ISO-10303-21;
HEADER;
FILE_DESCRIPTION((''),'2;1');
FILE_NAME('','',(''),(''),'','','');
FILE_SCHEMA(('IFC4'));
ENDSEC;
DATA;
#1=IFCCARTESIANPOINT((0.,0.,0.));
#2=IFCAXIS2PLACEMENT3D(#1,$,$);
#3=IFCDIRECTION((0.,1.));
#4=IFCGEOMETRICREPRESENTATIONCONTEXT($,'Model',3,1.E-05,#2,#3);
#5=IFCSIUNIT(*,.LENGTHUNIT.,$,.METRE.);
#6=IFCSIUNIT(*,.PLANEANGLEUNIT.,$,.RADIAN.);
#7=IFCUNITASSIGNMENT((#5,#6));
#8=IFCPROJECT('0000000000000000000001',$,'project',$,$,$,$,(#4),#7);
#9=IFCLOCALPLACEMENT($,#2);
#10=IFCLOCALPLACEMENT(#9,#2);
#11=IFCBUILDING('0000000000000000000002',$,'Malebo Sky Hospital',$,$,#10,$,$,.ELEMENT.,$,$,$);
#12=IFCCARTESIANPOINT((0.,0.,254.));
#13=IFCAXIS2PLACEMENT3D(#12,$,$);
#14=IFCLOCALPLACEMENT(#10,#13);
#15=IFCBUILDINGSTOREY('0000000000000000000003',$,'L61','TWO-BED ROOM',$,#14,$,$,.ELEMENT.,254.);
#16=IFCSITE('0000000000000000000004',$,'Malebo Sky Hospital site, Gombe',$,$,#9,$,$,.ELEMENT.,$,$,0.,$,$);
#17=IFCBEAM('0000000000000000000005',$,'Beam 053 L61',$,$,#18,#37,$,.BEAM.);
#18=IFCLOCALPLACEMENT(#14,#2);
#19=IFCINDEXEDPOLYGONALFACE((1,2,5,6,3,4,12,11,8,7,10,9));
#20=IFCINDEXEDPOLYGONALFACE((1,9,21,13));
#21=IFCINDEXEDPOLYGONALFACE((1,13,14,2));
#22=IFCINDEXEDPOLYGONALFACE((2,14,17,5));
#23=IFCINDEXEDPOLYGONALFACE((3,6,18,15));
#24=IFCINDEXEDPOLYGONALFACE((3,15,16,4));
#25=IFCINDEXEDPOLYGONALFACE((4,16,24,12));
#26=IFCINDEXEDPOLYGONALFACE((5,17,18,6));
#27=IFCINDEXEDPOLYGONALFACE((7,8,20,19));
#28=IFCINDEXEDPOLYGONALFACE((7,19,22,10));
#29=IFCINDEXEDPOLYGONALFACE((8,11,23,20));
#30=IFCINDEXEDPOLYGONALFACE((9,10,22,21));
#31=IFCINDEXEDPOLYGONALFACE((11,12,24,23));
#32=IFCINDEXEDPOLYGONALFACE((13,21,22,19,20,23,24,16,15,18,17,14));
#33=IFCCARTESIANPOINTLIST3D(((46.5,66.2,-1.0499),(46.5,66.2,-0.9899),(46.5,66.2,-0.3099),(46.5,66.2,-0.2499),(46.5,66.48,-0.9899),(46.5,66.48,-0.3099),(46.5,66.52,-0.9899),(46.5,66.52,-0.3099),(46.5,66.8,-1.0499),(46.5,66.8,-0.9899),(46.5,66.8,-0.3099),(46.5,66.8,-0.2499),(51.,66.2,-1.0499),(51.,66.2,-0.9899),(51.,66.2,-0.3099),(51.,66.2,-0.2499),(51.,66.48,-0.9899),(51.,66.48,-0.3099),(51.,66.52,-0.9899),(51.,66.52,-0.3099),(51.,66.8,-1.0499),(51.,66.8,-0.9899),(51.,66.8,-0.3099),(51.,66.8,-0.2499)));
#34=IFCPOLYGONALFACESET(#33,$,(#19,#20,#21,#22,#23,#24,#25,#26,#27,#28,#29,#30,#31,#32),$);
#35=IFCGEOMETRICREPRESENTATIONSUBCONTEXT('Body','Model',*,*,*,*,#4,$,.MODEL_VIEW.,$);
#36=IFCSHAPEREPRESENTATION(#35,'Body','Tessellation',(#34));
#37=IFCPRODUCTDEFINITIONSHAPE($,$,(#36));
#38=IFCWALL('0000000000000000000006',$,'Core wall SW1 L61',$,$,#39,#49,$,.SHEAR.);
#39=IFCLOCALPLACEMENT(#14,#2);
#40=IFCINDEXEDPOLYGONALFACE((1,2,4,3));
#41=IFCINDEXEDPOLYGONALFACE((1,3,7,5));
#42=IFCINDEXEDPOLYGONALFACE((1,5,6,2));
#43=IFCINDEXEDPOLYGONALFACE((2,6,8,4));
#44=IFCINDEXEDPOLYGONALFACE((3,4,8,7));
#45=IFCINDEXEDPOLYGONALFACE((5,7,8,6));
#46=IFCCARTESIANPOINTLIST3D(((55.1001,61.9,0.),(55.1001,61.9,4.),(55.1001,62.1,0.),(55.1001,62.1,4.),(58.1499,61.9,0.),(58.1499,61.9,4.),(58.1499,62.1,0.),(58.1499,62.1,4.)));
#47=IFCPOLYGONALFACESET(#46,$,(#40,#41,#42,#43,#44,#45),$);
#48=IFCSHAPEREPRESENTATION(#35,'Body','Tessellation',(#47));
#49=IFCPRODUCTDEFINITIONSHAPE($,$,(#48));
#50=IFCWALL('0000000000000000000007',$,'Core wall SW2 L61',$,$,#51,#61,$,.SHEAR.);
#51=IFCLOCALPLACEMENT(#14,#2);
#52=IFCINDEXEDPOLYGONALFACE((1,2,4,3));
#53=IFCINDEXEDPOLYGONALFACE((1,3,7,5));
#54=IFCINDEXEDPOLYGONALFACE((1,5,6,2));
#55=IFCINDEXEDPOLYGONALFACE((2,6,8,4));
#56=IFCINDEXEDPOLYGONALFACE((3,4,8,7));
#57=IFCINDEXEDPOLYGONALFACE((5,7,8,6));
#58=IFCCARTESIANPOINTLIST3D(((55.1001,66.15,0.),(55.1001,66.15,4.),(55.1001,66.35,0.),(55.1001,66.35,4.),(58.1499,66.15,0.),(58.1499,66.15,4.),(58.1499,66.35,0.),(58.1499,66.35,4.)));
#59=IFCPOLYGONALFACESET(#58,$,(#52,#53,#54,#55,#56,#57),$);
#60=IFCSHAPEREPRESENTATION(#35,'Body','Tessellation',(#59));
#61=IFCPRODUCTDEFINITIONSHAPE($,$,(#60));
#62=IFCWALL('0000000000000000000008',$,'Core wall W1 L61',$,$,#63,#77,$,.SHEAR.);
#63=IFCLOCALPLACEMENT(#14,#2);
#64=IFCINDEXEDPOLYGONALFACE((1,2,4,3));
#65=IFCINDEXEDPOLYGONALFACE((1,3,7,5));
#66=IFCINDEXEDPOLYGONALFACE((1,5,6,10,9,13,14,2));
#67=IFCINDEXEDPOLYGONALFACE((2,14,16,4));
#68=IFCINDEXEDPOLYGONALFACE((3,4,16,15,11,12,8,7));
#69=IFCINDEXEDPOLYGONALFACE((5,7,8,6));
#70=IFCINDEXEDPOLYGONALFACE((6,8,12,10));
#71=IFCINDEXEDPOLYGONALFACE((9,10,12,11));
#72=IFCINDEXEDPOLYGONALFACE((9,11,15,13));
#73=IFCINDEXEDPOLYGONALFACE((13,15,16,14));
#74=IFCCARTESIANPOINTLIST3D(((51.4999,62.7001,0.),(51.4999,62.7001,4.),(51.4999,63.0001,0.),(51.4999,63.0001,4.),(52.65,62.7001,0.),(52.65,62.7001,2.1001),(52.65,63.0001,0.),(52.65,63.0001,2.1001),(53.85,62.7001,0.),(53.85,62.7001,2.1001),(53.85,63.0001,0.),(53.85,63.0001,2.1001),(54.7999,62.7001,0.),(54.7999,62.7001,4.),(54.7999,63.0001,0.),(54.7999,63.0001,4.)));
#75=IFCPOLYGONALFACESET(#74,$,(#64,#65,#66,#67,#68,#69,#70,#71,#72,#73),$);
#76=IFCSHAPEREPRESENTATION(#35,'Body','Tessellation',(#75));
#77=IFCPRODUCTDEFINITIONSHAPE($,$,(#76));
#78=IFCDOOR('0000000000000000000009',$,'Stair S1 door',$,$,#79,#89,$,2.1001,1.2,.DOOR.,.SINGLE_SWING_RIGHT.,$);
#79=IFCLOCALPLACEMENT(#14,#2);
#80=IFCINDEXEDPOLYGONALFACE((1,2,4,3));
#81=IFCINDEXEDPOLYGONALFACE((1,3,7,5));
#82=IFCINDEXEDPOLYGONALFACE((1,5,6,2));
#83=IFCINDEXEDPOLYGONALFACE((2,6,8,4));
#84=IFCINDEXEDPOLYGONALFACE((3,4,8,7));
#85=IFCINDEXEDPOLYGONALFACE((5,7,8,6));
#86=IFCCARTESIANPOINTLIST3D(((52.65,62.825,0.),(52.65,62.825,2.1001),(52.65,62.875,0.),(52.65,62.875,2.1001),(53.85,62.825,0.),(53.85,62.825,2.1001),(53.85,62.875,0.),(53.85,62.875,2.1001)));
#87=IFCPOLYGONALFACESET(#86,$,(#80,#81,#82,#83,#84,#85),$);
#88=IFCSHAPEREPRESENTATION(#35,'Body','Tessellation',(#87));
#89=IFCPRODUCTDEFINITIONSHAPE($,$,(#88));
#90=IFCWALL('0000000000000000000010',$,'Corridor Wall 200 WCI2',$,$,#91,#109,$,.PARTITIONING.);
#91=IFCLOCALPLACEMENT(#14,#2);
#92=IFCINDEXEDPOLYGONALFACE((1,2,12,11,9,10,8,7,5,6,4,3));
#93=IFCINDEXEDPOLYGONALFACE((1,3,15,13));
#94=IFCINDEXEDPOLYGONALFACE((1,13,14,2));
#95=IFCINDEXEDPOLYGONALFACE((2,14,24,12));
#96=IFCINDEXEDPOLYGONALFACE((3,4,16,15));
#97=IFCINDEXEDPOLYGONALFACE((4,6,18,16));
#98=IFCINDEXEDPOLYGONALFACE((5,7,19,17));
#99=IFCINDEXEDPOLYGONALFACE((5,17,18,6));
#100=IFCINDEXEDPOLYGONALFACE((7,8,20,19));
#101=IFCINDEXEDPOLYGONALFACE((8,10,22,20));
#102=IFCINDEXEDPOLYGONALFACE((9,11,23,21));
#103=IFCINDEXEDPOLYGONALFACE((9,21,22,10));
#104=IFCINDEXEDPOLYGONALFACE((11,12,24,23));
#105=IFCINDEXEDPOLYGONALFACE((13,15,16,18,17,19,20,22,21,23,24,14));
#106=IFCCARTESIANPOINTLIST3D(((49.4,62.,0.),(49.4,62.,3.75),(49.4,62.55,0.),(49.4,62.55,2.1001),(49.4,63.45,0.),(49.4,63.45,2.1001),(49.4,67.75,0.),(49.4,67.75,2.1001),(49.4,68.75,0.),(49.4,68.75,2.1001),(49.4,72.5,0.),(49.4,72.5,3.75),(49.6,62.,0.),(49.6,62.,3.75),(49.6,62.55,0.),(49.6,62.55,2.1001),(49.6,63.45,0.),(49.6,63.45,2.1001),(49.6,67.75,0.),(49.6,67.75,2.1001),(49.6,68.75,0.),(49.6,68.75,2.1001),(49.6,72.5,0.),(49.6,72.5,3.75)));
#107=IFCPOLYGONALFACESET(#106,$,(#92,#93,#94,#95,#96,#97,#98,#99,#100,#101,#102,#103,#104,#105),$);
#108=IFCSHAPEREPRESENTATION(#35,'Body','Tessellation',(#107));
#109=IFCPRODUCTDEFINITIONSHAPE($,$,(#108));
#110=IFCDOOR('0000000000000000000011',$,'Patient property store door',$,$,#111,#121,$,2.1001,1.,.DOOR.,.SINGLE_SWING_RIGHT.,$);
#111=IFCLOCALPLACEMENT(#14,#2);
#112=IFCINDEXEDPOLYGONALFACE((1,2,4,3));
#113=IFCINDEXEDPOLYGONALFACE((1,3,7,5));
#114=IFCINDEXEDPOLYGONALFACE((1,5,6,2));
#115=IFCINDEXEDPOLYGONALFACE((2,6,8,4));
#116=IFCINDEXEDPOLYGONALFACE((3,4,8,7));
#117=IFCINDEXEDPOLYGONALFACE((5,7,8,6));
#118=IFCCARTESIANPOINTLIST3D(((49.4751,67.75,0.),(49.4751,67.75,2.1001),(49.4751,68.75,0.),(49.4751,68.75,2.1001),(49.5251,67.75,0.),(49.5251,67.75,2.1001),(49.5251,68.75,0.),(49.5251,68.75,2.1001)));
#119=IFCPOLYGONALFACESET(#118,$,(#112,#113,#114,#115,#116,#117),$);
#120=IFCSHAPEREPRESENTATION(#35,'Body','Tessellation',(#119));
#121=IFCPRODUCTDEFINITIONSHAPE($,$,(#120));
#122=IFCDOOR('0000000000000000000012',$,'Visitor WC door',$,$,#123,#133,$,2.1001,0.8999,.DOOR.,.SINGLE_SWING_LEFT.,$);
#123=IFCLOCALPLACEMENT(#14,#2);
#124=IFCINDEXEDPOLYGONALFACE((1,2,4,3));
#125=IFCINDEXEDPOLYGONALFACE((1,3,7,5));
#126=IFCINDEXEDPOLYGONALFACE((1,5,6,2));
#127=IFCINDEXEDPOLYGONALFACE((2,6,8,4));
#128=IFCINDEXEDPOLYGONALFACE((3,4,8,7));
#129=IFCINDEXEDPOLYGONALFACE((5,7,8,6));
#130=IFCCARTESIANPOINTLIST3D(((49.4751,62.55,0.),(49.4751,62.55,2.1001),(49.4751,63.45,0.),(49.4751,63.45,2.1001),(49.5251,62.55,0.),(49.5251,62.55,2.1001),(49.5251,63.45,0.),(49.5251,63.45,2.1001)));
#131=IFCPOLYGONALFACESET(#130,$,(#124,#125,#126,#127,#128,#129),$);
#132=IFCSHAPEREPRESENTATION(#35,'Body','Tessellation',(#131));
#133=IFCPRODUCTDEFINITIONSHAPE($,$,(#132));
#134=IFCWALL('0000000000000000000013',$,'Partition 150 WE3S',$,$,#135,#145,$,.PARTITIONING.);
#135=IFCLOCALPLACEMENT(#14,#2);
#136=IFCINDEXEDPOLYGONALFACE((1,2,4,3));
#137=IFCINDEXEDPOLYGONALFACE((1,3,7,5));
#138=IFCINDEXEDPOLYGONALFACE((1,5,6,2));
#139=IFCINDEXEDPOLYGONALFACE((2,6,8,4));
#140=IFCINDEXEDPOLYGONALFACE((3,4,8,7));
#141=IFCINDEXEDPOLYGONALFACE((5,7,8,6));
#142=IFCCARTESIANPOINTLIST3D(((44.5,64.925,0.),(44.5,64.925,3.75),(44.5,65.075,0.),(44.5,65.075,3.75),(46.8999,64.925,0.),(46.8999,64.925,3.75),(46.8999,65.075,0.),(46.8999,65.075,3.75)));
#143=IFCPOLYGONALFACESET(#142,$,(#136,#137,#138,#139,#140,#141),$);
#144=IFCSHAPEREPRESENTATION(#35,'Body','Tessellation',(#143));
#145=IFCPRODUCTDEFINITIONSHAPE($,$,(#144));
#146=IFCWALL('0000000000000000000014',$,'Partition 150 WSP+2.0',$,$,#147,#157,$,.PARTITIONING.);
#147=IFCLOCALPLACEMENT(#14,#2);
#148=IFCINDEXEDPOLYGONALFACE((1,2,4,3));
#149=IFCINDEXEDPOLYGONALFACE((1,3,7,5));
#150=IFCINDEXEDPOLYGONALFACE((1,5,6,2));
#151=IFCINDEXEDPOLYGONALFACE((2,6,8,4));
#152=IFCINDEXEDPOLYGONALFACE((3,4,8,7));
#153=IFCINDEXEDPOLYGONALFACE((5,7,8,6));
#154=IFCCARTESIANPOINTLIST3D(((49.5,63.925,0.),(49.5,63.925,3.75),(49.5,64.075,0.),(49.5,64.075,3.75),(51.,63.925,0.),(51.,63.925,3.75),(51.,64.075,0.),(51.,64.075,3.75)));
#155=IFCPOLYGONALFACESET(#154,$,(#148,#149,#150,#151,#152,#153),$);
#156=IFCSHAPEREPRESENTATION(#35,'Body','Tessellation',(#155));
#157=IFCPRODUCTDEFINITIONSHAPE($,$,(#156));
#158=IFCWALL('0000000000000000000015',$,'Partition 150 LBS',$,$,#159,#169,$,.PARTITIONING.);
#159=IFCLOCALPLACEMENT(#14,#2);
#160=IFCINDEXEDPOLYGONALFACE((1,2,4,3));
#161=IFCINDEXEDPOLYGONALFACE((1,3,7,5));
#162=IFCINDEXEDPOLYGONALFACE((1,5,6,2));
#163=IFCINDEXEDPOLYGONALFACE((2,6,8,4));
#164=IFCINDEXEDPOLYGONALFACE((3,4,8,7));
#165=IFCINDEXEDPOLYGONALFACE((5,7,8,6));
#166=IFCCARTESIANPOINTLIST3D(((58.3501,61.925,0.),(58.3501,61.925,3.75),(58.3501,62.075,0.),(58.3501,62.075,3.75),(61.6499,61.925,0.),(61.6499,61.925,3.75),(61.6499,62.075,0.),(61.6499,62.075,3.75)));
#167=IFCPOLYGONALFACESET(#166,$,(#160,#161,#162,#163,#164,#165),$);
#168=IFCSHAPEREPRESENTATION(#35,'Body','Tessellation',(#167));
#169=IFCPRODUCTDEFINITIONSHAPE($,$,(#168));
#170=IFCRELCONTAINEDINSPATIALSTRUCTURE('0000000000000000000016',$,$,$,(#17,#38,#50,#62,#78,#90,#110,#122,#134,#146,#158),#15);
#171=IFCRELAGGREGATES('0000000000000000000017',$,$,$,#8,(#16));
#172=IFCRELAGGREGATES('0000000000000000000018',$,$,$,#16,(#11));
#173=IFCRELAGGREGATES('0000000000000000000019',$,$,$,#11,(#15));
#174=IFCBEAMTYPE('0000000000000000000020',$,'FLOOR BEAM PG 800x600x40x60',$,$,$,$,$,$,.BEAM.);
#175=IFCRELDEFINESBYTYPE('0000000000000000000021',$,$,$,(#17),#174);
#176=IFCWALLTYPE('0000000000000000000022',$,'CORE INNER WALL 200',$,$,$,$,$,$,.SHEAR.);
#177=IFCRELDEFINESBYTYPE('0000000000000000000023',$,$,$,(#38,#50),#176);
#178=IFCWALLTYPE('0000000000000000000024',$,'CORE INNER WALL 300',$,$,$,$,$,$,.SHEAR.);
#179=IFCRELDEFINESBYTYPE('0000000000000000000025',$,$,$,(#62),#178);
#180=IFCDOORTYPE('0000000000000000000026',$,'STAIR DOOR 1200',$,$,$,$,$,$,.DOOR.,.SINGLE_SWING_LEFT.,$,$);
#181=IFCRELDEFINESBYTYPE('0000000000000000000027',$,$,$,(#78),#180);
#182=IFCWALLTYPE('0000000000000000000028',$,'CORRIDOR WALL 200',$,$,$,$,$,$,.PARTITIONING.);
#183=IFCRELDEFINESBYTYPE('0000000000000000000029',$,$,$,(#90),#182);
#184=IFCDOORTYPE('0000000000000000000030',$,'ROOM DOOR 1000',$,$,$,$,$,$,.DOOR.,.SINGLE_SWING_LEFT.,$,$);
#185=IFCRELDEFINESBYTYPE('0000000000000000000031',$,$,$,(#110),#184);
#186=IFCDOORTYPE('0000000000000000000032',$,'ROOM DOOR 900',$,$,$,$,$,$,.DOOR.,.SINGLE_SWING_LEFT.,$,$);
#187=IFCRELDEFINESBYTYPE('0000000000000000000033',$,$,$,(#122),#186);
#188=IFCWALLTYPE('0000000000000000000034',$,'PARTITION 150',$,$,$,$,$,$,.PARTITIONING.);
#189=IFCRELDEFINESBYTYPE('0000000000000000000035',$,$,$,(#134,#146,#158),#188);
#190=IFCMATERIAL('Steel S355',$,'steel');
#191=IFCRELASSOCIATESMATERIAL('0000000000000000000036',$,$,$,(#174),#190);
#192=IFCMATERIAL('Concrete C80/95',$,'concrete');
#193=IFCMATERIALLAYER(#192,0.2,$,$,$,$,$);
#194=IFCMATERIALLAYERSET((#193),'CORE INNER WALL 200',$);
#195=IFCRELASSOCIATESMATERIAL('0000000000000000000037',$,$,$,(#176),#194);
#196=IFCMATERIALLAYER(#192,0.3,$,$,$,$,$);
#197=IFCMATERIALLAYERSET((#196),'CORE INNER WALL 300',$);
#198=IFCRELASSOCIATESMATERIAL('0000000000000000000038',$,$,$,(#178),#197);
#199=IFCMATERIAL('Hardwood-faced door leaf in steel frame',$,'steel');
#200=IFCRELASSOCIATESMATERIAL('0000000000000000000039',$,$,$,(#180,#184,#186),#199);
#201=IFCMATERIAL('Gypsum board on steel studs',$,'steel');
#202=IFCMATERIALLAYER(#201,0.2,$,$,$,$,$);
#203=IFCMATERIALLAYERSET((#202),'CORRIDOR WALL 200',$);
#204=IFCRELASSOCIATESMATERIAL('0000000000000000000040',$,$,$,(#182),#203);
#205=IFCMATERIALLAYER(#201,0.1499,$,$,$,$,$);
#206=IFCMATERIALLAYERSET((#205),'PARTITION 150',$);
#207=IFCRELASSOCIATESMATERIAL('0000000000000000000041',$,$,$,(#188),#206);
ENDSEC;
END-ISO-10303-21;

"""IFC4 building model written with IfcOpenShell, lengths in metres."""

from ifc_helpers import new_model, si_unit, direction, frame, frame_2d, origin, origin_2d, place, context, subcontext, project, spatial, rectangle, i_section, extrude, material, layer, layer_set, material_profile, profile_set, type_object, element, fill, save


model = new_model("IFC4")

# Units and contexts
model_context = context("Model", 3, precision=1e-05, world=origin(), true_north=direction((0.0, 1.0)))
body_context = subcontext(model_context, "Body", "Model", "MODEL_VIEW")
ifc_project = project(units=[si_unit("LENGTHUNIT", "METRE"), si_unit("PLANEANGLEUNIT", "RADIAN")], contexts=[model_context])

# Site, building, storey
site_placement = place(None, origin())
site = spatial("IfcSite", under=ifc_project, at=site_placement, Name="Malebo Sky Hospital site, Gombe", CompositionType="ELEMENT", RefElevation=0.0)
building_placement = place(site_placement, origin())
building = spatial("IfcBuilding", under=site, at=building_placement, Name="Malebo Sky Hospital", CompositionType="ELEMENT")
storey_placement = place(building_placement, frame((0.0, 0.0, 254.0)))
storey = spatial("IfcBuildingStorey", under=building, at=storey_placement, Name="L61", Description="TWO-BED ROOM", CompositionType="ELEMENT", Elevation=254.0)

# Beam
ifc_material_1 = material(Name="Steel S355", Category="steel")
ifc_material_profile = material_profile(ifc_material_1, i_section(OverallWidth=0.6001, OverallDepth=0.8, WebThickness=0.04, FlangeThickness=0.0601, at=origin_2d()), Name="PG 800x600x40x60")
ifc_profile_set = profile_set([ifc_material_profile], Name="Steel S355")
beam_type = type_object("IfcBeamType", Name="FLOOR BEAM PG 800x600x40x60", PredefinedType="BEAM", material=ifc_profile_set)
beam_placement = place(storey_placement, frame((46.5, 66.5, -0.6499), z_axis=(1.0, 0.0, 0.0), x_axis=(0.0, 1.0, 0.0)))
element("IfcBeam", 1, at=beam_placement, inside=storey, type_object=beam_type, Name="Beam 053 L61", PredefinedType="BEAM", context=body_context, shape_type="SweptSolid", body=[
    extrude(i_section(OverallWidth=0.6001, OverallDepth=0.8, WebThickness=0.04, FlangeThickness=0.0601, at=origin_2d()), origin(), (0.0, 0.0, 1.0), 4.5),
])

# Walls
ifc_material_2 = material(Name="Concrete C80/95", Category="concrete")
ifc_layer_1 = layer(ifc_material_2, 0.2)
ifc_layer_set_1 = layer_set([ifc_layer_1], Name="CORE INNER WALL 200")
wall_type_1 = type_object("IfcWallType", Name="CORE INNER WALL 200", PredefinedType="SHEAR", material=ifc_layer_set_1)
for number, where, z_axis, x_axis, name in (
    (2, (55.1001, 62.0, 0.0), (0.0, 0.0, 1.0), (1.0, 0.0, 0.0), "Core wall SW1 L61"),
    (3, (55.1001, 66.25, 0.0), (0.0, 0.0, 1.0), (1.0, 0.0, 0.0), "Core wall SW2 L61"),
):
    element("IfcWall", number, at=place(storey_placement, frame(where, z_axis=z_axis, x_axis=x_axis)), inside=storey, type_object=wall_type_1, Name=name, PredefinedType="SHEAR", context=body_context, shape_type="SweptSolid", body=[
        extrude(rectangle(XDim=3.0498, YDim=0.2, at=frame_2d((1.5249, 0.0))), origin(), (0.0, 0.0, 1.0), 4.0),
    ])

# Wall, opening, door
ifc_layer_2 = layer(ifc_material_2, 0.3)
ifc_layer_set_2 = layer_set([ifc_layer_2], Name="CORE INNER WALL 300")
wall_type_2 = type_object("IfcWallType", Name="CORE INNER WALL 300", PredefinedType="SHEAR", material=ifc_layer_set_2)
wall_1_placement = place(storey_placement, frame((51.5, 62.8501, 0.0), z_axis=(0.0, 0.0, 1.0), x_axis=(1.0, 0.0, 0.0)))
wall_1 = element("IfcWall", 4, at=wall_1_placement, inside=storey, type_object=wall_type_2, Name="Core wall W1 L61", PredefinedType="SHEAR", context=body_context, shape_type="SweptSolid", body=[
    extrude(rectangle(XDim=3.3, YDim=0.3, at=frame_2d((1.6499, 0.0))), origin(), (0.0, 0.0, 1.0), 4.0),
])
opening_1_placement = place(wall_1_placement, frame((1.1499, 0.0, 0.0)))
opening_1 = element("IfcOpeningElement", 5, at=opening_1_placement, cuts=wall_1, PredefinedType="OPENING", context=body_context, shape_type="SweptSolid", body=[
    extrude(rectangle(XDim=1.2, YDim=2.1001, at=frame_2d((0.6001, 1.05))), frame((0.0, 0.1599, 0.0), z_axis=(0.0, -1.0, 0.0), x_axis=(1.0, 0.0, 0.0)), (0.0, 0.0, 1.0), 0.3201),
])
ifc_material_3 = material(Name="Hardwood-faced door leaf in steel frame", Category="steel")
door_type_1 = type_object("IfcDoorType", Name="STAIR DOOR 1200", OperationType="SINGLE_SWING_LEFT", PredefinedType="DOOR", material=ifc_material_3)
door_1_placement = place(opening_1_placement, origin())
door_1 = element("IfcDoor", 6, at=door_1_placement, inside=storey, type_object=door_type_1, Name="Stair S1 door", OperationType="SINGLE_SWING_RIGHT", OverallHeight=2.1001, OverallWidth=1.2, PredefinedType="DOOR", context=body_context, shape_type="SweptSolid", body=[
    extrude(rectangle(XDim=1.2, YDim=2.1001, at=frame_2d((0.6001, 1.05))), frame((0.0, 0.0249, 0.0), z_axis=(0.0, -1.0, 0.0), x_axis=(1.0, 0.0, 0.0)), (0.0, 0.0, 1.0), 0.05),
])
fill(opening_1, door_1)

# Wall, openings, doors
ifc_material_4 = material(Name="Gypsum board on steel studs", Category="steel")
ifc_layer_3 = layer(ifc_material_4, 0.2)
ifc_layer_set_3 = layer_set([ifc_layer_3], Name="CORRIDOR WALL 200")
wall_type_3 = type_object("IfcWallType", Name="CORRIDOR WALL 200", PredefinedType="PARTITIONING", material=ifc_layer_set_3)
wall_2_placement = place(storey_placement, frame((49.5, 62.0, 0.0), z_axis=(0.0, 0.0, 1.0), x_axis=(0.0, 1.0, 0.0)))
wall_2 = element("IfcWall", 7, at=wall_2_placement, inside=storey, type_object=wall_type_3, Name="Corridor Wall 200 WCI2", PredefinedType="PARTITIONING", context=body_context, shape_type="SweptSolid", body=[
    extrude(rectangle(XDim=10.5, YDim=0.2, at=frame_2d((5.25, 0.0))), origin(), (0.0, 0.0, 1.0), 3.75),
])
opening_2_placement = place(wall_2_placement, frame((0.55, 0.0, 0.0)))
opening_2 = element("IfcOpeningElement", 8, at=opening_2_placement, cuts=wall_2, PredefinedType="OPENING", context=body_context, shape_type="SweptSolid", body=[
    extrude(rectangle(XDim=0.8999, YDim=2.1001, at=frame_2d((0.45, 1.05))), frame((0.0, 0.1099, 0.0), z_axis=(0.0, -1.0, 0.0), x_axis=(1.0, 0.0, 0.0)), (0.0, 0.0, 1.0), 0.22),
])
opening_3_placement = place(wall_2_placement, frame((5.75, 0.0, 0.0)))
opening_3 = element("IfcOpeningElement", 9, at=opening_3_placement, cuts=wall_2, PredefinedType="OPENING", context=body_context, shape_type="SweptSolid", body=[
    extrude(rectangle(XDim=1.0, YDim=2.1001, at=frame_2d((0.5, 1.05))), frame((0.0, 0.1099, 0.0), z_axis=(0.0, -1.0, 0.0), x_axis=(1.0, 0.0, 0.0)), (0.0, 0.0, 1.0), 0.22),
])
door_type_2 = type_object("IfcDoorType", Name="ROOM DOOR 1000", OperationType="SINGLE_SWING_LEFT", PredefinedType="DOOR", material=ifc_material_3)
door_2_placement = place(opening_3_placement, origin())
door_2 = element("IfcDoor", 10, at=door_2_placement, inside=storey, type_object=door_type_2, Name="Patient property store door", OperationType="SINGLE_SWING_RIGHT", OverallHeight=2.1001, OverallWidth=1.0, PredefinedType="DOOR", context=body_context, shape_type="SweptSolid", body=[
    extrude(rectangle(XDim=1.0, YDim=2.1001, at=frame_2d((0.5, 1.05))), frame((0.0, 0.0249, 0.0), z_axis=(0.0, -1.0, 0.0), x_axis=(1.0, 0.0, 0.0)), (0.0, 0.0, 1.0), 0.05),
])
fill(opening_3, door_2)
door_type_3 = type_object("IfcDoorType", Name="ROOM DOOR 900", OperationType="SINGLE_SWING_LEFT", PredefinedType="DOOR", material=ifc_material_3)
door_3_placement = place(opening_2_placement, origin())
door_3 = element("IfcDoor", 11, at=door_3_placement, inside=storey, type_object=door_type_3, Name="Visitor WC door", OperationType="SINGLE_SWING_LEFT", OverallHeight=2.1001, OverallWidth=0.8999, PredefinedType="DOOR", context=body_context, shape_type="SweptSolid", body=[
    extrude(rectangle(XDim=0.8999, YDim=2.1001, at=frame_2d((0.45, 1.05))), frame((0.0, 0.0249, 0.0), z_axis=(0.0, -1.0, 0.0), x_axis=(1.0, 0.0, 0.0)), (0.0, 0.0, 1.0), 0.05),
])
fill(opening_2, door_3)

# Walls
ifc_layer_4 = layer(ifc_material_4, 0.1499)
ifc_layer_set_4 = layer_set([ifc_layer_4], Name="PARTITION 150")
wall_type_4 = type_object("IfcWallType", Name="PARTITION 150", PredefinedType="PARTITIONING", material=ifc_layer_set_4)
wall_3_placement = place(storey_placement, frame((46.8999, 65.0, 0.0), z_axis=(0.0, 0.0, 1.0), x_axis=(-1.0, 0.0, 0.0)))
element("IfcWall", 12, at=wall_3_placement, inside=storey, type_object=wall_type_4, Name="Partition 150 WE3S", PredefinedType="PARTITIONING", context=body_context, shape_type="SweptSolid", body=[
    extrude(rectangle(XDim=2.3999, YDim=0.1499, at=frame_2d((1.2, 0.0))), origin(), (0.0, 0.0, 1.0), 3.75),
])
wall_4_placement = place(storey_placement, frame((51.0, 64.0, 0.0), z_axis=(0.0, 0.0, 1.0), x_axis=(-1.0, 0.0, 0.0)))
element("IfcWall", 13, at=wall_4_placement, inside=storey, type_object=wall_type_4, Name="Partition 150 WSP+2.0", PredefinedType="PARTITIONING", context=body_context, shape_type="SweptSolid", body=[
    extrude(rectangle(XDim=1.5, YDim=0.1499, at=frame_2d((0.75, 0.0))), origin(), (0.0, 0.0, 1.0), 3.75),
])
wall_5_placement = place(storey_placement, frame((58.3501, 62.0, 0.0), z_axis=(0.0, 0.0, 1.0), x_axis=(1.0, 0.0, 0.0)))
element("IfcWall", 14, at=wall_5_placement, inside=storey, type_object=wall_type_4, Name="Partition 150 LBS", PredefinedType="PARTITIONING", context=body_context, shape_type="SweptSolid", body=[
    extrude(rectangle(XDim=3.2998, YDim=0.1499, at=frame_2d((1.6499, 0.0))), origin(), (0.0, 0.0, 1.0), 3.75),
])

save(model, "model.ifc")
